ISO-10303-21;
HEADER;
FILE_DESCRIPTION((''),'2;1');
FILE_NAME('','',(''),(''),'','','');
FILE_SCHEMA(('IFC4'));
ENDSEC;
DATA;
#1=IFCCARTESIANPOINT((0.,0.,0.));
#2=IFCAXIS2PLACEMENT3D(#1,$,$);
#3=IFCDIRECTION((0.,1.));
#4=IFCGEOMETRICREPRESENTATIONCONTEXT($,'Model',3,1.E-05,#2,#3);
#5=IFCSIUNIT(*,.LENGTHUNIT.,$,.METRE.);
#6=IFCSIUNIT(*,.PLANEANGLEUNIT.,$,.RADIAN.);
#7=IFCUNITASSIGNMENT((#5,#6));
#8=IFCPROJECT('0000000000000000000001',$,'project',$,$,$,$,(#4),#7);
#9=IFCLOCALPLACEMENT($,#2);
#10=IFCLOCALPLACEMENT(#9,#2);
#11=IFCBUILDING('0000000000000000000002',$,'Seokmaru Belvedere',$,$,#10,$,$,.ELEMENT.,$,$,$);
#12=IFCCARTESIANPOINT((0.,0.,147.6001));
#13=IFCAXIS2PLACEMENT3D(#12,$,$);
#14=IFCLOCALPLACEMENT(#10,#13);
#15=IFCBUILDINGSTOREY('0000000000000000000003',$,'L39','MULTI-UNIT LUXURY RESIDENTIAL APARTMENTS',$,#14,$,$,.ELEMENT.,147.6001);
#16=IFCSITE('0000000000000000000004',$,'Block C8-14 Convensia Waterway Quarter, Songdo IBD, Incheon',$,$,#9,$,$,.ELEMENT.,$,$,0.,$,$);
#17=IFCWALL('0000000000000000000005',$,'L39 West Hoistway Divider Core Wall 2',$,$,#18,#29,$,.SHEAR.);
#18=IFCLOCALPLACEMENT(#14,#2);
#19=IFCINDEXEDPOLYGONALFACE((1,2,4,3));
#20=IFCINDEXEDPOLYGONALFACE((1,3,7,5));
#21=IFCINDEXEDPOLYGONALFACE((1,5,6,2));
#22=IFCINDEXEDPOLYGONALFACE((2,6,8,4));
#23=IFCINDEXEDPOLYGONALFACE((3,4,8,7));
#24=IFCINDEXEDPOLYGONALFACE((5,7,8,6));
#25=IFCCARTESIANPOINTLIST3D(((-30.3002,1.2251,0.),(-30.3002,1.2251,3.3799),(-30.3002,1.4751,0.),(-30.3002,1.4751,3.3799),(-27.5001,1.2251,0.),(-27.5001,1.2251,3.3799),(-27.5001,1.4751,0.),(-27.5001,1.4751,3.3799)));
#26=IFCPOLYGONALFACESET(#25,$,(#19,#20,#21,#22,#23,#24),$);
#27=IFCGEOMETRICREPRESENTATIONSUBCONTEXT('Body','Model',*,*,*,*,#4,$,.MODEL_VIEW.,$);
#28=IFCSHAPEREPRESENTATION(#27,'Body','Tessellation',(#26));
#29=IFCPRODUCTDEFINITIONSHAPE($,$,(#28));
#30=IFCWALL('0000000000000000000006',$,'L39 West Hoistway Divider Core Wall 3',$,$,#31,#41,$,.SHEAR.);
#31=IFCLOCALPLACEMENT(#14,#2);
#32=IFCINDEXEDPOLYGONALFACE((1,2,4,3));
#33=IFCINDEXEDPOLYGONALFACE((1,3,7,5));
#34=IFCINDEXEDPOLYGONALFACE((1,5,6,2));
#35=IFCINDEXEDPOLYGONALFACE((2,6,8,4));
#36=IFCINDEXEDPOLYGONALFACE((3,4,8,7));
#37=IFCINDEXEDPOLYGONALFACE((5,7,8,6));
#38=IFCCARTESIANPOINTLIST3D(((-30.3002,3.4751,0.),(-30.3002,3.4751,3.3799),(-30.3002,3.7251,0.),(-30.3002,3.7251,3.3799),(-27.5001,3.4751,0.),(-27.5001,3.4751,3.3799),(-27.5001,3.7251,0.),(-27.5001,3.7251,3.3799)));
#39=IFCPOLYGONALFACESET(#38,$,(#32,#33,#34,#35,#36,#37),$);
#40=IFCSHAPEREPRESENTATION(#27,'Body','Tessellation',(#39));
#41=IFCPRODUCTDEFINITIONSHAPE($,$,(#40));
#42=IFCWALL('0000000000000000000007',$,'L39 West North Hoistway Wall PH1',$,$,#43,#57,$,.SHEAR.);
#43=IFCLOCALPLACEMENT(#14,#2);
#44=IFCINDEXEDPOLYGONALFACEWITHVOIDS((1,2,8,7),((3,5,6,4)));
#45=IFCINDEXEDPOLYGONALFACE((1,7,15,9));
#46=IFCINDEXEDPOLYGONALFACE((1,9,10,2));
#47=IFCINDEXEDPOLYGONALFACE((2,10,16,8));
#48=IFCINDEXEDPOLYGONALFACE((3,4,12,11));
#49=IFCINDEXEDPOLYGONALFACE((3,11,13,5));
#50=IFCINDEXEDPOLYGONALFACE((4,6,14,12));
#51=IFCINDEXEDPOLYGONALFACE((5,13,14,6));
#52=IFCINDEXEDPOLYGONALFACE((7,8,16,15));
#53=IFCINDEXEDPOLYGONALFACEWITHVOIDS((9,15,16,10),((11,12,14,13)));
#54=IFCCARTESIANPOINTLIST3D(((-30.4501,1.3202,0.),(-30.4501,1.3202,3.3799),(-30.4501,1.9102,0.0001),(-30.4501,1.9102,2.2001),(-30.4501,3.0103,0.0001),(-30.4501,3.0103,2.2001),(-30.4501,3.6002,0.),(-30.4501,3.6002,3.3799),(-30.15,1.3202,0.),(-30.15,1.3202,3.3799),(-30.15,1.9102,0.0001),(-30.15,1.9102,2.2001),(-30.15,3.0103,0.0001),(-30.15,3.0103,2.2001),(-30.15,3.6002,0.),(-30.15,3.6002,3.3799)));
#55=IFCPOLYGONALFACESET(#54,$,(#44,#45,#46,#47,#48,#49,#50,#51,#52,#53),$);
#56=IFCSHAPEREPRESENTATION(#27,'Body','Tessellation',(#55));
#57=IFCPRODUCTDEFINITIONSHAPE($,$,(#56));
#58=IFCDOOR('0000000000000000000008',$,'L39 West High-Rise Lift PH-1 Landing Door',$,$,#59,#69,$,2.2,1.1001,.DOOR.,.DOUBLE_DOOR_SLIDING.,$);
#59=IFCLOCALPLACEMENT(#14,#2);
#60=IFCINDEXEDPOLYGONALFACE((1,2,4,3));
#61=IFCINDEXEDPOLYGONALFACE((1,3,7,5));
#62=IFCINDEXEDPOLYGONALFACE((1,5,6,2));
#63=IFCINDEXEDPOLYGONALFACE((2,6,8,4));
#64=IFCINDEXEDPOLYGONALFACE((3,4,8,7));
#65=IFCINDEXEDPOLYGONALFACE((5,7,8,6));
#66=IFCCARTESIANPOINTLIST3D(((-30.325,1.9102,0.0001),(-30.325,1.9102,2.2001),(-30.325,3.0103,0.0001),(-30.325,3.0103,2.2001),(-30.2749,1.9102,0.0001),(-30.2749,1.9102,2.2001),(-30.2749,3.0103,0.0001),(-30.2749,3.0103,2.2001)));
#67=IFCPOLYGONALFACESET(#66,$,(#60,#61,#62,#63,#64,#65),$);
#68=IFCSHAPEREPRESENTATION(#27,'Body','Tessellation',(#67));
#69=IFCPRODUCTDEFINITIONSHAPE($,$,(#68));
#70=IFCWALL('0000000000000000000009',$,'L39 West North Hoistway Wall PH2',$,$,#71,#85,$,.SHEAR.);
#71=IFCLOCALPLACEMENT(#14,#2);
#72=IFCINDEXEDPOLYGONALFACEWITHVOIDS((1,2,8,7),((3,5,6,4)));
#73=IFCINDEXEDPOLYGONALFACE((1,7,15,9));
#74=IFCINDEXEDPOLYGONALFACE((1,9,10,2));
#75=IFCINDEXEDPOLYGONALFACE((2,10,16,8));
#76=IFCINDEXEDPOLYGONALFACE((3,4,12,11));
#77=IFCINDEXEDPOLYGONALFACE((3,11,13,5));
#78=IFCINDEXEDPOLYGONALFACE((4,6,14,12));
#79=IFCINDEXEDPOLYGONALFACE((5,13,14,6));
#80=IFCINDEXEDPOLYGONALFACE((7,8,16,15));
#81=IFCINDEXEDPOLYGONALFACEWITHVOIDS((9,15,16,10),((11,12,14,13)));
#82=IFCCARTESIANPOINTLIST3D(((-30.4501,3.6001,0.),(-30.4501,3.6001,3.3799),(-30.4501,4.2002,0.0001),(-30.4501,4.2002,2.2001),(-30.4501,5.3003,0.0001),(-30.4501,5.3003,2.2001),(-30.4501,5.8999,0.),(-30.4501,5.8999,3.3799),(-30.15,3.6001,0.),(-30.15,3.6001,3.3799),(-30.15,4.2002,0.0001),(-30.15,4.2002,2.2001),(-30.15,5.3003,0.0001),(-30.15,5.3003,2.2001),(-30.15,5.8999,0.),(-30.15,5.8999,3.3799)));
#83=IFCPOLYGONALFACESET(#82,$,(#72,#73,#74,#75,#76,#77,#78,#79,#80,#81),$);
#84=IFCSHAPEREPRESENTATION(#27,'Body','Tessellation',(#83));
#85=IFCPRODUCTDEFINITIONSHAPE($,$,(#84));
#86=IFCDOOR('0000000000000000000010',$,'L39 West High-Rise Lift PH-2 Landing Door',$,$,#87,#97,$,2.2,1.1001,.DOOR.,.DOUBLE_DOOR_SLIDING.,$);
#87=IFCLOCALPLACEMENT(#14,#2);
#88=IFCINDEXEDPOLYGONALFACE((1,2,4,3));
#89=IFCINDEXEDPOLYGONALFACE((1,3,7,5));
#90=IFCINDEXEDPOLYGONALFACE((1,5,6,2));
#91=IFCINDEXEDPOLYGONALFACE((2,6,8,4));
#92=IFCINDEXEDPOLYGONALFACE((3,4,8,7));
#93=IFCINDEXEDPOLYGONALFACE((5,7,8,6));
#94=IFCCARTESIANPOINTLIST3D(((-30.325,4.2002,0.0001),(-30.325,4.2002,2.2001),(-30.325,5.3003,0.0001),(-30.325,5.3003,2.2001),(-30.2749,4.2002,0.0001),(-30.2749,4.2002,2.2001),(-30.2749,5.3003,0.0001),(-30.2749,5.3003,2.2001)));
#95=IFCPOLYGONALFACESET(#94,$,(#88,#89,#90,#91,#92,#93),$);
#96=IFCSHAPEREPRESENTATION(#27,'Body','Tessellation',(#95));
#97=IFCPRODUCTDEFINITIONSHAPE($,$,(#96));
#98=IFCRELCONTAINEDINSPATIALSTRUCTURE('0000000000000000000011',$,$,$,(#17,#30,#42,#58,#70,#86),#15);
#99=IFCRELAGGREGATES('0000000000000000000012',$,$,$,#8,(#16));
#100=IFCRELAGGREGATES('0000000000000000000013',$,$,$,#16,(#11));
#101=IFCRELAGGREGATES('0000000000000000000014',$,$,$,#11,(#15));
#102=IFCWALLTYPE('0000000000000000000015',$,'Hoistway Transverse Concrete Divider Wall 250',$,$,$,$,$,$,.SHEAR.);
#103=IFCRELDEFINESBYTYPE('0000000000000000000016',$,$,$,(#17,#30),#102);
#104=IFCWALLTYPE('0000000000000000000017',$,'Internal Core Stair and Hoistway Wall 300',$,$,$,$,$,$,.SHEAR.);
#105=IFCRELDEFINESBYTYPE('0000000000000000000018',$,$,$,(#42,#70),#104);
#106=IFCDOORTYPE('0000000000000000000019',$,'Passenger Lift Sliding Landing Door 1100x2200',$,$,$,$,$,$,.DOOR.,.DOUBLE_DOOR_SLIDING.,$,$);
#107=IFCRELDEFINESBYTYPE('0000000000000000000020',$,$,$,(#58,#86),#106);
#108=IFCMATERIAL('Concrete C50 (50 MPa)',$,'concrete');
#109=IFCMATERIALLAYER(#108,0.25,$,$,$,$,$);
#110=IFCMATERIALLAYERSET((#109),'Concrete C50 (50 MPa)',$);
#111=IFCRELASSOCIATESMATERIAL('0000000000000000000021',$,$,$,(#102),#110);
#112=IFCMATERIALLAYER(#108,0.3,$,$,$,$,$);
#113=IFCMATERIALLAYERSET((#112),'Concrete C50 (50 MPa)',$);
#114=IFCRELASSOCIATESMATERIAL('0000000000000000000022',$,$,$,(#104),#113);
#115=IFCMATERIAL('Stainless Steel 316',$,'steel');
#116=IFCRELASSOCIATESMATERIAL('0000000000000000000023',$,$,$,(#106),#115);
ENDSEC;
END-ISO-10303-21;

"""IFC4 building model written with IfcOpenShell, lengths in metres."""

from ifc_helpers import new_model, si_unit, direction, frame, frame_2d, origin, place, context, subcontext, project, spatial, rectangle, extrude, source, transform, mapped, material, layer, layer_set, type_object, type_shapes, element, fill, save


model = new_model("IFC4")

# Units and contexts
model_context = context("Model", 3, precision=1e-05, world=origin(), true_north=direction((0.0, 1.0)))
body_context = subcontext(model_context, "Body", "Model", "MODEL_VIEW")
ifc_project = project(units=[si_unit("LENGTHUNIT", "METRE"), si_unit("PLANEANGLEUNIT", "RADIAN")], contexts=[model_context])

# Site, building, storey
site_placement = place(None, origin())
site = spatial("IfcSite", under=ifc_project, at=site_placement, Name="Block C8-14 Convensia Waterway Quarter, Songdo IBD, Incheon", CompositionType="ELEMENT", RefElevation=0.0)
building_placement = place(site_placement, origin())
building = spatial("IfcBuilding", under=site, at=building_placement, Name="Seokmaru Belvedere", CompositionType="ELEMENT")
storey_placement = place(building_placement, frame((0.0, 0.0, 147.6001)))
storey = spatial("IfcBuildingStorey", under=building, at=storey_placement, Name="L39", Description="MULTI-UNIT LUXURY RESIDENTIAL APARTMENTS", CompositionType="ELEMENT", Elevation=147.6001)

# Walls
ifc_material_1 = material(Name="Concrete C50 (50 MPa)", Category="concrete")
ifc_layer_1 = layer(ifc_material_1, 0.25)
ifc_layer_set_1 = layer_set([ifc_layer_1], Name="Concrete C50 (50 MPa)")
wall_type_1 = type_object("IfcWallType", Name="Hoistway Transverse Concrete Divider Wall 250", PredefinedType="SHEAR", material=ifc_layer_set_1)
for number, where, z_axis, x_axis, name in (
    (1, (-30.3, 1.3501, 0.0), (0.0, 0.0, 1.0), (1.0, 0.0, 0.0), "L39 West Hoistway Divider Core Wall 2"),
    (2, (-30.3, 3.6001, 0.0), (0.0, 0.0, 1.0), (1.0, 0.0, 0.0), "L39 West Hoistway Divider Core Wall 3"),
):
    element("IfcWall", number, at=place(storey_placement, frame(where, z_axis=z_axis, x_axis=x_axis)), inside=storey, type_object=wall_type_1, Name=name, PredefinedType="SHEAR", context=body_context, shape_type="SweptSolid", body=[
        extrude(rectangle(XDim=2.8, YDim=0.25, at=frame_2d((1.3999, 0.0))), origin(), (0.0, 0.0, 1.0), 3.3799),
    ])

# Walls, openings, doors
ifc_layer_2 = layer(ifc_material_1, 0.3)
ifc_layer_set_2 = layer_set([ifc_layer_2], Name="Concrete C50 (50 MPa)")
wall_type_2 = type_object("IfcWallType", Name="Internal Core Stair and Hoistway Wall 300", PredefinedType="SHEAR", material=ifc_layer_set_2)
wall_1_placement = place(storey_placement, frame((-30.3, 1.3201, 0.0), z_axis=(0.0, 0.0, 1.0), x_axis=(0.0, 1.0, 0.0)))
wall_1 = element("IfcWall", 3, at=wall_1_placement, inside=storey, type_object=wall_type_2, Name="L39 West North Hoistway Wall PH1", PredefinedType="SHEAR", context=body_context, shape_type="SweptSolid", body=[
    extrude(rectangle(XDim=2.28, YDim=0.3, at=frame_2d((1.1401, 0.0))), origin(), (0.0, 0.0, 1.0), 3.3799),
])
opening_1_placement = place(wall_1_placement, frame((0.5901, 0.0, 0.0)))
opening_1 = element("IfcOpeningElement", 4, at=opening_1_placement, cuts=wall_1, PredefinedType="OPENING", context=body_context, shape_type="SweptSolid", body=[
    extrude(rectangle(XDim=1.1001, YDim=2.2, at=frame_2d((0.55, 1.1001))), frame((0.0, 0.1602, 0.0), z_axis=(0.0, -1.0, 0.0), x_axis=(1.0, 0.0, 0.0)), (0.0, 0.0, 1.0), 0.3201),
])
ifc_material_2 = material(Name="Stainless Steel 316", Category="steel")
door_type_1 = type_object("IfcDoorType", Name="Passenger Lift Sliding Landing Door 1100x2200", OperationType="DOUBLE_DOOR_SLIDING", PredefinedType="DOOR", material=ifc_material_2)
shared_shape_1 = source(origin(), body_context, "Body", "SweptSolid", [
    extrude(rectangle(XDim=1.1001, YDim=2.2, at=frame_2d((0.55, 1.1001))), frame((0.0, 0.0249, 0.0), z_axis=(0.0, -1.0, 0.0), x_axis=(1.0, 0.0, 0.0)), (0.0, 0.0, 1.0), 0.05),
])
type_shapes(door_type_1, [shared_shape_1])
door_1_placement = place(opening_1_placement, origin())
door_1 = element("IfcDoor", 5, at=door_1_placement, inside=storey, type_object=door_type_1, Name="L39 West High-Rise Lift PH-1 Landing Door", OperationType="DOUBLE_DOOR_SLIDING", OverallHeight=2.2, OverallWidth=1.1001, PredefinedType="DOOR", context=body_context, shape_type="MappedRepresentation", body=[
    mapped(shared_shape_1, transform((0.0, 0.0, 0.0), scale=1.0)),
])
fill(opening_1, door_1)
wall_2_placement = place(storey_placement, frame((-30.3, 3.6001, 0.0), z_axis=(0.0, 0.0, 1.0), x_axis=(0.0, 1.0, 0.0)))
wall_2 = element("IfcWall", 6, at=wall_2_placement, inside=storey, type_object=wall_type_2, Name="L39 West North Hoistway Wall PH2", PredefinedType="SHEAR", context=body_context, shape_type="SweptSolid", body=[
    extrude(rectangle(XDim=2.2998, YDim=0.3, at=frame_2d((1.1499, 0.0))), origin(), (0.0, 0.0, 1.0), 3.3799),
])
opening_2_placement = place(wall_2_placement, frame((0.6001, 0.0, 0.0)))
opening_2 = element("IfcOpeningElement", 7, at=opening_2_placement, cuts=wall_2, PredefinedType="OPENING", context=body_context, shape_type="SweptSolid", body=[
    extrude(rectangle(XDim=1.1001, YDim=2.2, at=frame_2d((0.55, 1.1001))), frame((0.0, 0.1602, 0.0), z_axis=(0.0, -1.0, 0.0), x_axis=(1.0, 0.0, 0.0)), (0.0, 0.0, 1.0), 0.3201),
])
door_2_placement = place(opening_2_placement, origin())
door_2 = element("IfcDoor", 8, at=door_2_placement, inside=storey, type_object=door_type_1, Name="L39 West High-Rise Lift PH-2 Landing Door", OperationType="DOUBLE_DOOR_SLIDING", OverallHeight=2.2, OverallWidth=1.1001, PredefinedType="DOOR", context=body_context, shape_type="MappedRepresentation", body=[
    mapped(shared_shape_1, transform((0.0, 0.0, 0.0), scale=1.0)),
])
fill(opening_2, door_2)

save(model, "model.ifc")
